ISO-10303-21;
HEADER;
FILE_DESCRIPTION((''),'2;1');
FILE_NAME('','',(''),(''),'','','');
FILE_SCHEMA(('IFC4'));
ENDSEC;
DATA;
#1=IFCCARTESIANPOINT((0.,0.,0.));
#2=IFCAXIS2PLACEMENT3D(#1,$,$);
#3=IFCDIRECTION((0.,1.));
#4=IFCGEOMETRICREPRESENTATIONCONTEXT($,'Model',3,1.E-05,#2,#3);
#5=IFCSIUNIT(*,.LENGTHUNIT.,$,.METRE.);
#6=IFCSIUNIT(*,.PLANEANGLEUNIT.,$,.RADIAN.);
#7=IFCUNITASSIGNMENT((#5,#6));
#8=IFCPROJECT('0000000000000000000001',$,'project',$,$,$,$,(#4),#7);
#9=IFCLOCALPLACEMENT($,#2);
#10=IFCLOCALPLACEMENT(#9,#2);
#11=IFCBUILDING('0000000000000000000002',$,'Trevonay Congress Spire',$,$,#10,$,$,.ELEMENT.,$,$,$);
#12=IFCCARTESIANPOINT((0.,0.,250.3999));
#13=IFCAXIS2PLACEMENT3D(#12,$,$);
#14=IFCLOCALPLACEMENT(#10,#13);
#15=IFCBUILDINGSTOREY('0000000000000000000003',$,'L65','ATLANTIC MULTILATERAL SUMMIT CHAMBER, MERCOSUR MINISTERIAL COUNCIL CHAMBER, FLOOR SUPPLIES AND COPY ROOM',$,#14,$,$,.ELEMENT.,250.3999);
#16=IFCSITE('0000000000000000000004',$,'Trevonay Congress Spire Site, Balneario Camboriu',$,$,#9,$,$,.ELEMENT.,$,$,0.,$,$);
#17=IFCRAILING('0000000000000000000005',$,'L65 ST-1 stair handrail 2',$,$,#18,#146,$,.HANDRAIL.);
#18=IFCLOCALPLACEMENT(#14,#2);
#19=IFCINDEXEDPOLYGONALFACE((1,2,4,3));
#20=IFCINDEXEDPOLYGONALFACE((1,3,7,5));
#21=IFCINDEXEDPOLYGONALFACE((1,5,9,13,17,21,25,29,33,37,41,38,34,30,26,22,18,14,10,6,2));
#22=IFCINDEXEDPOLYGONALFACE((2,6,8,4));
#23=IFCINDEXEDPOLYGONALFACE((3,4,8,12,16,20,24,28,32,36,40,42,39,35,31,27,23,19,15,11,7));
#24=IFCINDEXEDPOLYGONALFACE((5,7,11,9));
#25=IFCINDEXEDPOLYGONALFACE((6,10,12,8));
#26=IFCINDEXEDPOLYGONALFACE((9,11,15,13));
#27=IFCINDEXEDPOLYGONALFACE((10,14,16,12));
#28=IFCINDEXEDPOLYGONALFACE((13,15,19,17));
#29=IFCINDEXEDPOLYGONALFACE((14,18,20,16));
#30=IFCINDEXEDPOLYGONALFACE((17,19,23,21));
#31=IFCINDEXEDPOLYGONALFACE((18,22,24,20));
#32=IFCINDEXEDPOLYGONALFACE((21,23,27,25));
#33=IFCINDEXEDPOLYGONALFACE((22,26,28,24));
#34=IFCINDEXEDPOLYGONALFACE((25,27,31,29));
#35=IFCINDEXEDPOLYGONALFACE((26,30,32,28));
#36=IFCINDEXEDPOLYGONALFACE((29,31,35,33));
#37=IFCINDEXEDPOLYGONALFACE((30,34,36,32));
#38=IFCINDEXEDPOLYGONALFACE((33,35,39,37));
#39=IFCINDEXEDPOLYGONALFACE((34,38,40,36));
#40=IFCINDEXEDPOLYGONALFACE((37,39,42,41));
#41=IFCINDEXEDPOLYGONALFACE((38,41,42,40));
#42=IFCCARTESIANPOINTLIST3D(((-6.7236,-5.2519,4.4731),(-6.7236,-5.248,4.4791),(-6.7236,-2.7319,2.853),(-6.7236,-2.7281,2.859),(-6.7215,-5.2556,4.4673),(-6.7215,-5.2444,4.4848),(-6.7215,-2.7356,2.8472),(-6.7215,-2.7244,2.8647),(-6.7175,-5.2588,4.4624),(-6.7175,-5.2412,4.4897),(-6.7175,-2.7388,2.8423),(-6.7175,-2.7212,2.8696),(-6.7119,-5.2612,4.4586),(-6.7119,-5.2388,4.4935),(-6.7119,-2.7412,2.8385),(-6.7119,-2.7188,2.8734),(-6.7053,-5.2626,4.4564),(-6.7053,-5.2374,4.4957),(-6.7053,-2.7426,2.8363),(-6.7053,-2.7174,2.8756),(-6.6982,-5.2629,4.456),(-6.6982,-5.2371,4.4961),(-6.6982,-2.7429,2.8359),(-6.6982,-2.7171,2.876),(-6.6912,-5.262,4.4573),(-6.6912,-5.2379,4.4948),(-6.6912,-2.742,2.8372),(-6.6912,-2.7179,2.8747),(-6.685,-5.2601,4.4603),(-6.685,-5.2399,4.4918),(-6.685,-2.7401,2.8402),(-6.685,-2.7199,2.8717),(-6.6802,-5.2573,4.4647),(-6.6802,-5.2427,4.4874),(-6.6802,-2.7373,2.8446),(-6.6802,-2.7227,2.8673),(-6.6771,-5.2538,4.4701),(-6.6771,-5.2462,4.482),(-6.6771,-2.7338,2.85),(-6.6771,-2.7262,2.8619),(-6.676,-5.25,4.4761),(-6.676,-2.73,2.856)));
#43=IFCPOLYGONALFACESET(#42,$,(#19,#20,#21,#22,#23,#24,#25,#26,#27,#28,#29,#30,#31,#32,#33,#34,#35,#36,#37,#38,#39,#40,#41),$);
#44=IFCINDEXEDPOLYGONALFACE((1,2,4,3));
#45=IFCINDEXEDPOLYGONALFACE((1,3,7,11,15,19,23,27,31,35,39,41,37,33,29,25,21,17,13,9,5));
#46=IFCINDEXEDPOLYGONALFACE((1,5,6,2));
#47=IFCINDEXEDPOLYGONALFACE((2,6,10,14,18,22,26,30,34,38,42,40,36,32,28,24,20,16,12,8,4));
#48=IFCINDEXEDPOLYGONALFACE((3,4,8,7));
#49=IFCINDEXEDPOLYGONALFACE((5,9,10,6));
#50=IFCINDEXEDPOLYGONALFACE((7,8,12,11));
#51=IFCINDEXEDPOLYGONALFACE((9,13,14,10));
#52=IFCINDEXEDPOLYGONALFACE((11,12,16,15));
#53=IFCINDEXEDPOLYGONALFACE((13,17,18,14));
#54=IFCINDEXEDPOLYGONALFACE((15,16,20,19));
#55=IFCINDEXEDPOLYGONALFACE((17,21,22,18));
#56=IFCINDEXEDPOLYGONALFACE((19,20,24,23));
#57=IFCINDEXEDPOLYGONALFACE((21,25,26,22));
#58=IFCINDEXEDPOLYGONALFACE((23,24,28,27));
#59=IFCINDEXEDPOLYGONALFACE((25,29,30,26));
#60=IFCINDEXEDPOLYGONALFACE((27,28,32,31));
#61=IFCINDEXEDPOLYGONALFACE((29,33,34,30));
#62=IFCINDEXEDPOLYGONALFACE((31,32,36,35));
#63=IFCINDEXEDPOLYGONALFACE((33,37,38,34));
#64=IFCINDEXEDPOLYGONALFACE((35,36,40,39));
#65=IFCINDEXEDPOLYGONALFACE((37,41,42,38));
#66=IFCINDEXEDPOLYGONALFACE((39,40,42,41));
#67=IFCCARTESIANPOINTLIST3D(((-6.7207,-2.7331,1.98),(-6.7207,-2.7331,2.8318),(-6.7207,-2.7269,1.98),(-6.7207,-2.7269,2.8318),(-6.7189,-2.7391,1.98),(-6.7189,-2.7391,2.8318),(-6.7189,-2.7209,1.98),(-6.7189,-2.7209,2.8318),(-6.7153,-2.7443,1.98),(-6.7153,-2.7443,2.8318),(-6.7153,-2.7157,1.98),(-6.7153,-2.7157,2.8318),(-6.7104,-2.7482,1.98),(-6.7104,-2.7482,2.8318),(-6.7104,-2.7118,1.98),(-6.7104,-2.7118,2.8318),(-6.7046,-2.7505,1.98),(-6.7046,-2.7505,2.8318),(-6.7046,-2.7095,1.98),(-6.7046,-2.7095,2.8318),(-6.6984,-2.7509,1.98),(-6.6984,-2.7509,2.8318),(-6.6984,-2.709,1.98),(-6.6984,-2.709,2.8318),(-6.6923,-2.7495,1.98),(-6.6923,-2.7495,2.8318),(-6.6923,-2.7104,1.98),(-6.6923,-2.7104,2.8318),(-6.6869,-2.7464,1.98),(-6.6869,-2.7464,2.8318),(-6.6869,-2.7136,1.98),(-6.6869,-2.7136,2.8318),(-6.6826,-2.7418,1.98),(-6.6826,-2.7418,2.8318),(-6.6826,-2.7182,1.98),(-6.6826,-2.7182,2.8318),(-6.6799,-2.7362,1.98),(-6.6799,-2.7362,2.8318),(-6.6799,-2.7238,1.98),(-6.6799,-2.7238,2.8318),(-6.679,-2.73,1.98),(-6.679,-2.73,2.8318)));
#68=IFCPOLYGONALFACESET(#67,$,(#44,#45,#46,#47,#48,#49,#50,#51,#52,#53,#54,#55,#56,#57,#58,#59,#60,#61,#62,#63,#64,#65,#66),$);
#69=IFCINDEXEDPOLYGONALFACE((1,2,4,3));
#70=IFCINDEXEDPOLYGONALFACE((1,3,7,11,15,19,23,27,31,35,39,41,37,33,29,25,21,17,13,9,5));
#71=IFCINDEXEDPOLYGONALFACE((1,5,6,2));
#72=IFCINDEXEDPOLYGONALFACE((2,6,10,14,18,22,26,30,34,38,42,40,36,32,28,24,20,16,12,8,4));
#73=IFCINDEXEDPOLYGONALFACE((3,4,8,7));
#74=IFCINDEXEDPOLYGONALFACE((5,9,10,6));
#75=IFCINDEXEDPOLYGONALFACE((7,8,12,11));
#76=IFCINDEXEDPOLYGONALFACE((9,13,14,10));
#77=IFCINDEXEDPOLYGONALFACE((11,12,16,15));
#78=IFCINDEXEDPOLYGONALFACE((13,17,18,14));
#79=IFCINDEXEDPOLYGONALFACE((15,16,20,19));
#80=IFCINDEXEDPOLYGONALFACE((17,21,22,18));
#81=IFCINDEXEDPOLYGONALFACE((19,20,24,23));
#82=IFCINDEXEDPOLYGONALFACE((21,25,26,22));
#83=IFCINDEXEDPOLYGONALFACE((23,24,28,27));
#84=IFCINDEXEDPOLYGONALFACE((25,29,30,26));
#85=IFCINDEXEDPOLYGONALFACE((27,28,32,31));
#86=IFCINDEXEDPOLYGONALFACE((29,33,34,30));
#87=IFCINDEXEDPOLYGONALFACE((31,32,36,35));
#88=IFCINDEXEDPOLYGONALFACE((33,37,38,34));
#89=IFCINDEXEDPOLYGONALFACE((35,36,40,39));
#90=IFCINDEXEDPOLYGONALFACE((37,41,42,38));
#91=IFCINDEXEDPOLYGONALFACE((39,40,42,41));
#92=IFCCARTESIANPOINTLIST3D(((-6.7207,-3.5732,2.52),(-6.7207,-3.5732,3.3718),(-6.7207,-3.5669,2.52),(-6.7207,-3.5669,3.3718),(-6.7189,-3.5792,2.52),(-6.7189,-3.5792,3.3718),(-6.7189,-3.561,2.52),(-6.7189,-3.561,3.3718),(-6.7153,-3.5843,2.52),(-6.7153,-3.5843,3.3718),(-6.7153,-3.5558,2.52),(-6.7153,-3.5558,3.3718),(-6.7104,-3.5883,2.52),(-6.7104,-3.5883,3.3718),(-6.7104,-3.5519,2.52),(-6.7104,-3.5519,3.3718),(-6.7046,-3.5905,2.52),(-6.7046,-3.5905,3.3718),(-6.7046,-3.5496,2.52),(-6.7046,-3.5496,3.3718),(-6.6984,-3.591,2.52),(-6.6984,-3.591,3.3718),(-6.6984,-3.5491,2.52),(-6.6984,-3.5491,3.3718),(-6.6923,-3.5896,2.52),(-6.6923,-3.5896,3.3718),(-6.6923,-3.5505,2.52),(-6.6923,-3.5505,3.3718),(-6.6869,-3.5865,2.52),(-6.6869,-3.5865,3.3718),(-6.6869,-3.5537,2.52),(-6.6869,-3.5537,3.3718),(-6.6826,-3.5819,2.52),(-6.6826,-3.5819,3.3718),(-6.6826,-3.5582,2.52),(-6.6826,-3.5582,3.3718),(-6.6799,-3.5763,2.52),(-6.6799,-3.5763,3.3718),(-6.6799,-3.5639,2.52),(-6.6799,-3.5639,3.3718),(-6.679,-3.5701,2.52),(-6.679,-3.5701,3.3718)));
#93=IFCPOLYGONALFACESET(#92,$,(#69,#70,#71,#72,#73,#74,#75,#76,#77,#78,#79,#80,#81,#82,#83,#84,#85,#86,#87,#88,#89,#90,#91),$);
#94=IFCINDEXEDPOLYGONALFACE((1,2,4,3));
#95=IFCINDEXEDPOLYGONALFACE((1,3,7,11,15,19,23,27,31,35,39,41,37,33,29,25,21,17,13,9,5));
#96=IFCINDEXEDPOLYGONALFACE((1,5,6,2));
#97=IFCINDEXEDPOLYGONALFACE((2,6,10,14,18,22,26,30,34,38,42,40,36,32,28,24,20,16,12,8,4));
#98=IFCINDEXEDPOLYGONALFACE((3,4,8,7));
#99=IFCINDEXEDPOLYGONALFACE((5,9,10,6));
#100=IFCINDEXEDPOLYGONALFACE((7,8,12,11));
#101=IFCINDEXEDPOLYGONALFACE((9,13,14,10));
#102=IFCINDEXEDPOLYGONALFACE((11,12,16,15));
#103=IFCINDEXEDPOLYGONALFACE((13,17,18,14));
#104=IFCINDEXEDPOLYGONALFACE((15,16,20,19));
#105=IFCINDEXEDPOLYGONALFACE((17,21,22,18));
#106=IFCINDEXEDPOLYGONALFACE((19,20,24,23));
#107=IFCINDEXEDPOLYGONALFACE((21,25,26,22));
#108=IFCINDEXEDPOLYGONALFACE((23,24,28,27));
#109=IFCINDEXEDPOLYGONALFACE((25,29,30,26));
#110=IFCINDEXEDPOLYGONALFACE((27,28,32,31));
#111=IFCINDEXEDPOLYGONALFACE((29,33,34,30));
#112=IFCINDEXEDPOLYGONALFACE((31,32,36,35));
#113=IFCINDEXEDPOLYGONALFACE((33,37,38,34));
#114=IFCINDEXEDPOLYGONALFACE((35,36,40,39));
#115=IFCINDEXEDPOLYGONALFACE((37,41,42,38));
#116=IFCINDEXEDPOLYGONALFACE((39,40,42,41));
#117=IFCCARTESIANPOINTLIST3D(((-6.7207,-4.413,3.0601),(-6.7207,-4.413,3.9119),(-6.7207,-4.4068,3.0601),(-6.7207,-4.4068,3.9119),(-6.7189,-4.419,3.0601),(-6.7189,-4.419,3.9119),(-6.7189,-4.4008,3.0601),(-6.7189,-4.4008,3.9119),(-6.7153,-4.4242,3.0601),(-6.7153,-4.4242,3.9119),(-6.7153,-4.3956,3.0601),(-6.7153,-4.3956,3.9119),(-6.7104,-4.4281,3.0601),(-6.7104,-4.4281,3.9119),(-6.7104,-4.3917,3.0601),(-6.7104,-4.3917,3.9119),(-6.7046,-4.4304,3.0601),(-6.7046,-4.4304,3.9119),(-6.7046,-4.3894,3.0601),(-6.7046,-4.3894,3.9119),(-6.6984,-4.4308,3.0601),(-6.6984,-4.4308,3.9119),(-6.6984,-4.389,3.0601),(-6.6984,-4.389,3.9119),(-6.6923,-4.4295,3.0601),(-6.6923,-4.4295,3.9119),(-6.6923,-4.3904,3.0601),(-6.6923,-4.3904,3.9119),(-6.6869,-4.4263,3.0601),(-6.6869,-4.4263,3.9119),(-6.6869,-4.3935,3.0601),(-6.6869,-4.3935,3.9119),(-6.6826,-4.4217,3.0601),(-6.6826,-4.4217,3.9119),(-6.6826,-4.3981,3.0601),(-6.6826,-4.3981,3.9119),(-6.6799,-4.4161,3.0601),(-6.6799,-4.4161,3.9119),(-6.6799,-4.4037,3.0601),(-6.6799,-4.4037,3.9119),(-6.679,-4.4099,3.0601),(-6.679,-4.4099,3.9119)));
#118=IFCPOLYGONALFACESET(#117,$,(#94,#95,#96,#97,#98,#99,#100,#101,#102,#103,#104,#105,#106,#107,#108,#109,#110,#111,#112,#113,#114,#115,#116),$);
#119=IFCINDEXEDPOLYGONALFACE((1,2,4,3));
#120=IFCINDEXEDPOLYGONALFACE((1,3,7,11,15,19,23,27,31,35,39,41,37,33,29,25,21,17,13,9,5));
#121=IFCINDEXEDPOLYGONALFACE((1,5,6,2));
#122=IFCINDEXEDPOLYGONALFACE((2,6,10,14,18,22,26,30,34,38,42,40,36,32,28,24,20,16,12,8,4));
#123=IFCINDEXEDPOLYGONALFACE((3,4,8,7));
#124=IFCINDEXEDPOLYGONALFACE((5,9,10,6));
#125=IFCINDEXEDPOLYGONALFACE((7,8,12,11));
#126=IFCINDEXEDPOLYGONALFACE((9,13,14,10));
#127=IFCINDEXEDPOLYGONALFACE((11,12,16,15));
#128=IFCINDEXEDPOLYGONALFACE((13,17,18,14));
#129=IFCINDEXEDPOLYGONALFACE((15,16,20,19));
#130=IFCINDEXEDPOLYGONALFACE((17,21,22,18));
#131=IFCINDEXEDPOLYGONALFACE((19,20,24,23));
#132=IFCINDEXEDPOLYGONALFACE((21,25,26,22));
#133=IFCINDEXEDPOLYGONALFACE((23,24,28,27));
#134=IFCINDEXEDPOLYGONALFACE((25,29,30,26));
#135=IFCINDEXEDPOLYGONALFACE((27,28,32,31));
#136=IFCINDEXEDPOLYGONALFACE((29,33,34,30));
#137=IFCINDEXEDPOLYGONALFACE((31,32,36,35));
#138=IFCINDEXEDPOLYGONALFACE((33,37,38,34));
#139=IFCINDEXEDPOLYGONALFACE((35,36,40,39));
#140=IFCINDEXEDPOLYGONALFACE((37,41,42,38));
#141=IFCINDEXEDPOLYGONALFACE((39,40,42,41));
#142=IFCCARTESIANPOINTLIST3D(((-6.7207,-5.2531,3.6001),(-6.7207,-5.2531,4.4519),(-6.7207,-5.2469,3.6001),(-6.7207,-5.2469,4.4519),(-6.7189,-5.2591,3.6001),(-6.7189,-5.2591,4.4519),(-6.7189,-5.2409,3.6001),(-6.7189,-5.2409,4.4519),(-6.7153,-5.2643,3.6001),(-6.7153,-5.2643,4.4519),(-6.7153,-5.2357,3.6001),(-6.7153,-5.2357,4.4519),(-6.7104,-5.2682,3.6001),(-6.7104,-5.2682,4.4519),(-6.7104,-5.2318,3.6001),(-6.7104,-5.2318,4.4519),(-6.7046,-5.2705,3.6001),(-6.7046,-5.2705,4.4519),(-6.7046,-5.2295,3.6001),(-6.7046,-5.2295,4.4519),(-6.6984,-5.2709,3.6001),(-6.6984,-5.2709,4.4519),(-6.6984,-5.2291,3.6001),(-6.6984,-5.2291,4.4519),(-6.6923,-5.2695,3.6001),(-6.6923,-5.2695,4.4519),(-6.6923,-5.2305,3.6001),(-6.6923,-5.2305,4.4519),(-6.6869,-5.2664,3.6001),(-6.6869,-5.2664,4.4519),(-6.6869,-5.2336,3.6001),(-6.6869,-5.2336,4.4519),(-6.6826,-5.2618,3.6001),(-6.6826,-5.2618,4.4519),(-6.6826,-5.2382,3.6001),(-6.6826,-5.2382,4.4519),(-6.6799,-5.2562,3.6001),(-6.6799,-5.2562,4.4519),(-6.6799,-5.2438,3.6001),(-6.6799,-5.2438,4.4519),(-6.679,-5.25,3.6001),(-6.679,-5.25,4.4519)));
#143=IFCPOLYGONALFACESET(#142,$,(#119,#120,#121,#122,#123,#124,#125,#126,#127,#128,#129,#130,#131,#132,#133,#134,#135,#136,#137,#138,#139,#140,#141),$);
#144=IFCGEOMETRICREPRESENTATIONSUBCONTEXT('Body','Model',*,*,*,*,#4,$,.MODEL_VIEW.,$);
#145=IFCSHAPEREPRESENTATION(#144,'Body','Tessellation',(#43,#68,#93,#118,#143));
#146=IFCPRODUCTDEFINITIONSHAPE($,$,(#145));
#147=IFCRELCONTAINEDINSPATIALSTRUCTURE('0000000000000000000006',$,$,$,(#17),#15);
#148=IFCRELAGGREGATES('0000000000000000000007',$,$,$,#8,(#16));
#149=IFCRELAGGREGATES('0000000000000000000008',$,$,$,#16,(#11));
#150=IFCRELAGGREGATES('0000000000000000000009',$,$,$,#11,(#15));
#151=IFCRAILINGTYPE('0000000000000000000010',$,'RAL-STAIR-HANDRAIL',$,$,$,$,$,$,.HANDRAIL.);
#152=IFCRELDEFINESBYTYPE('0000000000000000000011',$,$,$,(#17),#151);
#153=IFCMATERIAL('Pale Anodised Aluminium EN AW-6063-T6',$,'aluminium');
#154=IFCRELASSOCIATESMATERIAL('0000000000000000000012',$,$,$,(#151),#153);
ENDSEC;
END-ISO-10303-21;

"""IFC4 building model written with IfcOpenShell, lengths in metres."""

from ifc_helpers import new_model, si_unit, direction, frame, origin, origin_2d, place, context, subcontext, project, spatial, circle, extrude, material, type_object, element, save


model = new_model("IFC4")

# Units and contexts
model_context = context("Model", 3, precision=1e-05, world=origin(), true_north=direction((0.0, 1.0)))
body_context = subcontext(model_context, "Body", "Model", "MODEL_VIEW")
ifc_project = project(units=[si_unit("LENGTHUNIT", "METRE"), si_unit("PLANEANGLEUNIT", "RADIAN")], contexts=[model_context])

# Site, building, storey
site_placement = place(None, origin())
site = spatial("IfcSite", under=ifc_project, at=site_placement, Name="Trevonay Congress Spire Site, Balneario Camboriu", CompositionType="ELEMENT", RefElevation=0.0)
building_placement = place(site_placement, origin())
building = spatial("IfcBuilding", under=site, at=building_placement, Name="Trevonay Congress Spire", CompositionType="ELEMENT")
storey_placement = place(building_placement, frame((0.0, 0.0, 250.3999)))
storey = spatial("IfcBuildingStorey", under=building, at=storey_placement, Name="L65", Description="ATLANTIC MULTILATERAL SUMMIT CHAMBER, MERCOSUR MINISTERIAL COUNCIL CHAMBER, FLOOR SUPPLIES AND COPY ROOM", CompositionType="ELEMENT", Elevation=250.3999)

# Railing
ifc_material_1 = material(Name="Pale Anodised Aluminium EN AW-6063-T6", Category="aluminium")
railing_type_1 = type_object("IfcRailingType", Name="RAL-STAIR-HANDRAIL", PredefinedType="HANDRAIL", material=ifc_material_1)
railing_1_placement = place(storey_placement, frame((-6.7, -2.73, 1.98)))
element("IfcRailing", 1, at=railing_1_placement, inside=storey, type_object=railing_type_1, Name="L65 ST-1 stair handrail 2", PredefinedType="HANDRAIL", context=body_context, shape_type="SweptSolid", body=[
    extrude(circle(Radius=0.0239, at=origin_2d()), frame((0.0, 0.0, 0.876), z_axis=(0.0, -0.841163, 0.540782), x_axis=(1.0, 0.0, 0.0)), (0.0, 0.0, 1.0), 2.9958),
    extrude(circle(Radius=0.021, at=origin_2d()), origin(), (0.0, 0.0, 1.0), 0.8518),
    extrude(circle(Radius=0.021, at=origin_2d()), frame((0.0, -0.8401, 0.54)), (0.0, 0.0, 1.0), 0.8518),
    extrude(circle(Radius=0.021, at=origin_2d()), frame((0.0, -1.6799, 1.0801)), (0.0, 0.0, 1.0), 0.8518),
    extrude(circle(Radius=0.021, at=origin_2d()), frame((0.0, -2.52, 1.6201)), (0.0, 0.0, 1.0), 0.8518),
])

save(model, "model.ifc")
